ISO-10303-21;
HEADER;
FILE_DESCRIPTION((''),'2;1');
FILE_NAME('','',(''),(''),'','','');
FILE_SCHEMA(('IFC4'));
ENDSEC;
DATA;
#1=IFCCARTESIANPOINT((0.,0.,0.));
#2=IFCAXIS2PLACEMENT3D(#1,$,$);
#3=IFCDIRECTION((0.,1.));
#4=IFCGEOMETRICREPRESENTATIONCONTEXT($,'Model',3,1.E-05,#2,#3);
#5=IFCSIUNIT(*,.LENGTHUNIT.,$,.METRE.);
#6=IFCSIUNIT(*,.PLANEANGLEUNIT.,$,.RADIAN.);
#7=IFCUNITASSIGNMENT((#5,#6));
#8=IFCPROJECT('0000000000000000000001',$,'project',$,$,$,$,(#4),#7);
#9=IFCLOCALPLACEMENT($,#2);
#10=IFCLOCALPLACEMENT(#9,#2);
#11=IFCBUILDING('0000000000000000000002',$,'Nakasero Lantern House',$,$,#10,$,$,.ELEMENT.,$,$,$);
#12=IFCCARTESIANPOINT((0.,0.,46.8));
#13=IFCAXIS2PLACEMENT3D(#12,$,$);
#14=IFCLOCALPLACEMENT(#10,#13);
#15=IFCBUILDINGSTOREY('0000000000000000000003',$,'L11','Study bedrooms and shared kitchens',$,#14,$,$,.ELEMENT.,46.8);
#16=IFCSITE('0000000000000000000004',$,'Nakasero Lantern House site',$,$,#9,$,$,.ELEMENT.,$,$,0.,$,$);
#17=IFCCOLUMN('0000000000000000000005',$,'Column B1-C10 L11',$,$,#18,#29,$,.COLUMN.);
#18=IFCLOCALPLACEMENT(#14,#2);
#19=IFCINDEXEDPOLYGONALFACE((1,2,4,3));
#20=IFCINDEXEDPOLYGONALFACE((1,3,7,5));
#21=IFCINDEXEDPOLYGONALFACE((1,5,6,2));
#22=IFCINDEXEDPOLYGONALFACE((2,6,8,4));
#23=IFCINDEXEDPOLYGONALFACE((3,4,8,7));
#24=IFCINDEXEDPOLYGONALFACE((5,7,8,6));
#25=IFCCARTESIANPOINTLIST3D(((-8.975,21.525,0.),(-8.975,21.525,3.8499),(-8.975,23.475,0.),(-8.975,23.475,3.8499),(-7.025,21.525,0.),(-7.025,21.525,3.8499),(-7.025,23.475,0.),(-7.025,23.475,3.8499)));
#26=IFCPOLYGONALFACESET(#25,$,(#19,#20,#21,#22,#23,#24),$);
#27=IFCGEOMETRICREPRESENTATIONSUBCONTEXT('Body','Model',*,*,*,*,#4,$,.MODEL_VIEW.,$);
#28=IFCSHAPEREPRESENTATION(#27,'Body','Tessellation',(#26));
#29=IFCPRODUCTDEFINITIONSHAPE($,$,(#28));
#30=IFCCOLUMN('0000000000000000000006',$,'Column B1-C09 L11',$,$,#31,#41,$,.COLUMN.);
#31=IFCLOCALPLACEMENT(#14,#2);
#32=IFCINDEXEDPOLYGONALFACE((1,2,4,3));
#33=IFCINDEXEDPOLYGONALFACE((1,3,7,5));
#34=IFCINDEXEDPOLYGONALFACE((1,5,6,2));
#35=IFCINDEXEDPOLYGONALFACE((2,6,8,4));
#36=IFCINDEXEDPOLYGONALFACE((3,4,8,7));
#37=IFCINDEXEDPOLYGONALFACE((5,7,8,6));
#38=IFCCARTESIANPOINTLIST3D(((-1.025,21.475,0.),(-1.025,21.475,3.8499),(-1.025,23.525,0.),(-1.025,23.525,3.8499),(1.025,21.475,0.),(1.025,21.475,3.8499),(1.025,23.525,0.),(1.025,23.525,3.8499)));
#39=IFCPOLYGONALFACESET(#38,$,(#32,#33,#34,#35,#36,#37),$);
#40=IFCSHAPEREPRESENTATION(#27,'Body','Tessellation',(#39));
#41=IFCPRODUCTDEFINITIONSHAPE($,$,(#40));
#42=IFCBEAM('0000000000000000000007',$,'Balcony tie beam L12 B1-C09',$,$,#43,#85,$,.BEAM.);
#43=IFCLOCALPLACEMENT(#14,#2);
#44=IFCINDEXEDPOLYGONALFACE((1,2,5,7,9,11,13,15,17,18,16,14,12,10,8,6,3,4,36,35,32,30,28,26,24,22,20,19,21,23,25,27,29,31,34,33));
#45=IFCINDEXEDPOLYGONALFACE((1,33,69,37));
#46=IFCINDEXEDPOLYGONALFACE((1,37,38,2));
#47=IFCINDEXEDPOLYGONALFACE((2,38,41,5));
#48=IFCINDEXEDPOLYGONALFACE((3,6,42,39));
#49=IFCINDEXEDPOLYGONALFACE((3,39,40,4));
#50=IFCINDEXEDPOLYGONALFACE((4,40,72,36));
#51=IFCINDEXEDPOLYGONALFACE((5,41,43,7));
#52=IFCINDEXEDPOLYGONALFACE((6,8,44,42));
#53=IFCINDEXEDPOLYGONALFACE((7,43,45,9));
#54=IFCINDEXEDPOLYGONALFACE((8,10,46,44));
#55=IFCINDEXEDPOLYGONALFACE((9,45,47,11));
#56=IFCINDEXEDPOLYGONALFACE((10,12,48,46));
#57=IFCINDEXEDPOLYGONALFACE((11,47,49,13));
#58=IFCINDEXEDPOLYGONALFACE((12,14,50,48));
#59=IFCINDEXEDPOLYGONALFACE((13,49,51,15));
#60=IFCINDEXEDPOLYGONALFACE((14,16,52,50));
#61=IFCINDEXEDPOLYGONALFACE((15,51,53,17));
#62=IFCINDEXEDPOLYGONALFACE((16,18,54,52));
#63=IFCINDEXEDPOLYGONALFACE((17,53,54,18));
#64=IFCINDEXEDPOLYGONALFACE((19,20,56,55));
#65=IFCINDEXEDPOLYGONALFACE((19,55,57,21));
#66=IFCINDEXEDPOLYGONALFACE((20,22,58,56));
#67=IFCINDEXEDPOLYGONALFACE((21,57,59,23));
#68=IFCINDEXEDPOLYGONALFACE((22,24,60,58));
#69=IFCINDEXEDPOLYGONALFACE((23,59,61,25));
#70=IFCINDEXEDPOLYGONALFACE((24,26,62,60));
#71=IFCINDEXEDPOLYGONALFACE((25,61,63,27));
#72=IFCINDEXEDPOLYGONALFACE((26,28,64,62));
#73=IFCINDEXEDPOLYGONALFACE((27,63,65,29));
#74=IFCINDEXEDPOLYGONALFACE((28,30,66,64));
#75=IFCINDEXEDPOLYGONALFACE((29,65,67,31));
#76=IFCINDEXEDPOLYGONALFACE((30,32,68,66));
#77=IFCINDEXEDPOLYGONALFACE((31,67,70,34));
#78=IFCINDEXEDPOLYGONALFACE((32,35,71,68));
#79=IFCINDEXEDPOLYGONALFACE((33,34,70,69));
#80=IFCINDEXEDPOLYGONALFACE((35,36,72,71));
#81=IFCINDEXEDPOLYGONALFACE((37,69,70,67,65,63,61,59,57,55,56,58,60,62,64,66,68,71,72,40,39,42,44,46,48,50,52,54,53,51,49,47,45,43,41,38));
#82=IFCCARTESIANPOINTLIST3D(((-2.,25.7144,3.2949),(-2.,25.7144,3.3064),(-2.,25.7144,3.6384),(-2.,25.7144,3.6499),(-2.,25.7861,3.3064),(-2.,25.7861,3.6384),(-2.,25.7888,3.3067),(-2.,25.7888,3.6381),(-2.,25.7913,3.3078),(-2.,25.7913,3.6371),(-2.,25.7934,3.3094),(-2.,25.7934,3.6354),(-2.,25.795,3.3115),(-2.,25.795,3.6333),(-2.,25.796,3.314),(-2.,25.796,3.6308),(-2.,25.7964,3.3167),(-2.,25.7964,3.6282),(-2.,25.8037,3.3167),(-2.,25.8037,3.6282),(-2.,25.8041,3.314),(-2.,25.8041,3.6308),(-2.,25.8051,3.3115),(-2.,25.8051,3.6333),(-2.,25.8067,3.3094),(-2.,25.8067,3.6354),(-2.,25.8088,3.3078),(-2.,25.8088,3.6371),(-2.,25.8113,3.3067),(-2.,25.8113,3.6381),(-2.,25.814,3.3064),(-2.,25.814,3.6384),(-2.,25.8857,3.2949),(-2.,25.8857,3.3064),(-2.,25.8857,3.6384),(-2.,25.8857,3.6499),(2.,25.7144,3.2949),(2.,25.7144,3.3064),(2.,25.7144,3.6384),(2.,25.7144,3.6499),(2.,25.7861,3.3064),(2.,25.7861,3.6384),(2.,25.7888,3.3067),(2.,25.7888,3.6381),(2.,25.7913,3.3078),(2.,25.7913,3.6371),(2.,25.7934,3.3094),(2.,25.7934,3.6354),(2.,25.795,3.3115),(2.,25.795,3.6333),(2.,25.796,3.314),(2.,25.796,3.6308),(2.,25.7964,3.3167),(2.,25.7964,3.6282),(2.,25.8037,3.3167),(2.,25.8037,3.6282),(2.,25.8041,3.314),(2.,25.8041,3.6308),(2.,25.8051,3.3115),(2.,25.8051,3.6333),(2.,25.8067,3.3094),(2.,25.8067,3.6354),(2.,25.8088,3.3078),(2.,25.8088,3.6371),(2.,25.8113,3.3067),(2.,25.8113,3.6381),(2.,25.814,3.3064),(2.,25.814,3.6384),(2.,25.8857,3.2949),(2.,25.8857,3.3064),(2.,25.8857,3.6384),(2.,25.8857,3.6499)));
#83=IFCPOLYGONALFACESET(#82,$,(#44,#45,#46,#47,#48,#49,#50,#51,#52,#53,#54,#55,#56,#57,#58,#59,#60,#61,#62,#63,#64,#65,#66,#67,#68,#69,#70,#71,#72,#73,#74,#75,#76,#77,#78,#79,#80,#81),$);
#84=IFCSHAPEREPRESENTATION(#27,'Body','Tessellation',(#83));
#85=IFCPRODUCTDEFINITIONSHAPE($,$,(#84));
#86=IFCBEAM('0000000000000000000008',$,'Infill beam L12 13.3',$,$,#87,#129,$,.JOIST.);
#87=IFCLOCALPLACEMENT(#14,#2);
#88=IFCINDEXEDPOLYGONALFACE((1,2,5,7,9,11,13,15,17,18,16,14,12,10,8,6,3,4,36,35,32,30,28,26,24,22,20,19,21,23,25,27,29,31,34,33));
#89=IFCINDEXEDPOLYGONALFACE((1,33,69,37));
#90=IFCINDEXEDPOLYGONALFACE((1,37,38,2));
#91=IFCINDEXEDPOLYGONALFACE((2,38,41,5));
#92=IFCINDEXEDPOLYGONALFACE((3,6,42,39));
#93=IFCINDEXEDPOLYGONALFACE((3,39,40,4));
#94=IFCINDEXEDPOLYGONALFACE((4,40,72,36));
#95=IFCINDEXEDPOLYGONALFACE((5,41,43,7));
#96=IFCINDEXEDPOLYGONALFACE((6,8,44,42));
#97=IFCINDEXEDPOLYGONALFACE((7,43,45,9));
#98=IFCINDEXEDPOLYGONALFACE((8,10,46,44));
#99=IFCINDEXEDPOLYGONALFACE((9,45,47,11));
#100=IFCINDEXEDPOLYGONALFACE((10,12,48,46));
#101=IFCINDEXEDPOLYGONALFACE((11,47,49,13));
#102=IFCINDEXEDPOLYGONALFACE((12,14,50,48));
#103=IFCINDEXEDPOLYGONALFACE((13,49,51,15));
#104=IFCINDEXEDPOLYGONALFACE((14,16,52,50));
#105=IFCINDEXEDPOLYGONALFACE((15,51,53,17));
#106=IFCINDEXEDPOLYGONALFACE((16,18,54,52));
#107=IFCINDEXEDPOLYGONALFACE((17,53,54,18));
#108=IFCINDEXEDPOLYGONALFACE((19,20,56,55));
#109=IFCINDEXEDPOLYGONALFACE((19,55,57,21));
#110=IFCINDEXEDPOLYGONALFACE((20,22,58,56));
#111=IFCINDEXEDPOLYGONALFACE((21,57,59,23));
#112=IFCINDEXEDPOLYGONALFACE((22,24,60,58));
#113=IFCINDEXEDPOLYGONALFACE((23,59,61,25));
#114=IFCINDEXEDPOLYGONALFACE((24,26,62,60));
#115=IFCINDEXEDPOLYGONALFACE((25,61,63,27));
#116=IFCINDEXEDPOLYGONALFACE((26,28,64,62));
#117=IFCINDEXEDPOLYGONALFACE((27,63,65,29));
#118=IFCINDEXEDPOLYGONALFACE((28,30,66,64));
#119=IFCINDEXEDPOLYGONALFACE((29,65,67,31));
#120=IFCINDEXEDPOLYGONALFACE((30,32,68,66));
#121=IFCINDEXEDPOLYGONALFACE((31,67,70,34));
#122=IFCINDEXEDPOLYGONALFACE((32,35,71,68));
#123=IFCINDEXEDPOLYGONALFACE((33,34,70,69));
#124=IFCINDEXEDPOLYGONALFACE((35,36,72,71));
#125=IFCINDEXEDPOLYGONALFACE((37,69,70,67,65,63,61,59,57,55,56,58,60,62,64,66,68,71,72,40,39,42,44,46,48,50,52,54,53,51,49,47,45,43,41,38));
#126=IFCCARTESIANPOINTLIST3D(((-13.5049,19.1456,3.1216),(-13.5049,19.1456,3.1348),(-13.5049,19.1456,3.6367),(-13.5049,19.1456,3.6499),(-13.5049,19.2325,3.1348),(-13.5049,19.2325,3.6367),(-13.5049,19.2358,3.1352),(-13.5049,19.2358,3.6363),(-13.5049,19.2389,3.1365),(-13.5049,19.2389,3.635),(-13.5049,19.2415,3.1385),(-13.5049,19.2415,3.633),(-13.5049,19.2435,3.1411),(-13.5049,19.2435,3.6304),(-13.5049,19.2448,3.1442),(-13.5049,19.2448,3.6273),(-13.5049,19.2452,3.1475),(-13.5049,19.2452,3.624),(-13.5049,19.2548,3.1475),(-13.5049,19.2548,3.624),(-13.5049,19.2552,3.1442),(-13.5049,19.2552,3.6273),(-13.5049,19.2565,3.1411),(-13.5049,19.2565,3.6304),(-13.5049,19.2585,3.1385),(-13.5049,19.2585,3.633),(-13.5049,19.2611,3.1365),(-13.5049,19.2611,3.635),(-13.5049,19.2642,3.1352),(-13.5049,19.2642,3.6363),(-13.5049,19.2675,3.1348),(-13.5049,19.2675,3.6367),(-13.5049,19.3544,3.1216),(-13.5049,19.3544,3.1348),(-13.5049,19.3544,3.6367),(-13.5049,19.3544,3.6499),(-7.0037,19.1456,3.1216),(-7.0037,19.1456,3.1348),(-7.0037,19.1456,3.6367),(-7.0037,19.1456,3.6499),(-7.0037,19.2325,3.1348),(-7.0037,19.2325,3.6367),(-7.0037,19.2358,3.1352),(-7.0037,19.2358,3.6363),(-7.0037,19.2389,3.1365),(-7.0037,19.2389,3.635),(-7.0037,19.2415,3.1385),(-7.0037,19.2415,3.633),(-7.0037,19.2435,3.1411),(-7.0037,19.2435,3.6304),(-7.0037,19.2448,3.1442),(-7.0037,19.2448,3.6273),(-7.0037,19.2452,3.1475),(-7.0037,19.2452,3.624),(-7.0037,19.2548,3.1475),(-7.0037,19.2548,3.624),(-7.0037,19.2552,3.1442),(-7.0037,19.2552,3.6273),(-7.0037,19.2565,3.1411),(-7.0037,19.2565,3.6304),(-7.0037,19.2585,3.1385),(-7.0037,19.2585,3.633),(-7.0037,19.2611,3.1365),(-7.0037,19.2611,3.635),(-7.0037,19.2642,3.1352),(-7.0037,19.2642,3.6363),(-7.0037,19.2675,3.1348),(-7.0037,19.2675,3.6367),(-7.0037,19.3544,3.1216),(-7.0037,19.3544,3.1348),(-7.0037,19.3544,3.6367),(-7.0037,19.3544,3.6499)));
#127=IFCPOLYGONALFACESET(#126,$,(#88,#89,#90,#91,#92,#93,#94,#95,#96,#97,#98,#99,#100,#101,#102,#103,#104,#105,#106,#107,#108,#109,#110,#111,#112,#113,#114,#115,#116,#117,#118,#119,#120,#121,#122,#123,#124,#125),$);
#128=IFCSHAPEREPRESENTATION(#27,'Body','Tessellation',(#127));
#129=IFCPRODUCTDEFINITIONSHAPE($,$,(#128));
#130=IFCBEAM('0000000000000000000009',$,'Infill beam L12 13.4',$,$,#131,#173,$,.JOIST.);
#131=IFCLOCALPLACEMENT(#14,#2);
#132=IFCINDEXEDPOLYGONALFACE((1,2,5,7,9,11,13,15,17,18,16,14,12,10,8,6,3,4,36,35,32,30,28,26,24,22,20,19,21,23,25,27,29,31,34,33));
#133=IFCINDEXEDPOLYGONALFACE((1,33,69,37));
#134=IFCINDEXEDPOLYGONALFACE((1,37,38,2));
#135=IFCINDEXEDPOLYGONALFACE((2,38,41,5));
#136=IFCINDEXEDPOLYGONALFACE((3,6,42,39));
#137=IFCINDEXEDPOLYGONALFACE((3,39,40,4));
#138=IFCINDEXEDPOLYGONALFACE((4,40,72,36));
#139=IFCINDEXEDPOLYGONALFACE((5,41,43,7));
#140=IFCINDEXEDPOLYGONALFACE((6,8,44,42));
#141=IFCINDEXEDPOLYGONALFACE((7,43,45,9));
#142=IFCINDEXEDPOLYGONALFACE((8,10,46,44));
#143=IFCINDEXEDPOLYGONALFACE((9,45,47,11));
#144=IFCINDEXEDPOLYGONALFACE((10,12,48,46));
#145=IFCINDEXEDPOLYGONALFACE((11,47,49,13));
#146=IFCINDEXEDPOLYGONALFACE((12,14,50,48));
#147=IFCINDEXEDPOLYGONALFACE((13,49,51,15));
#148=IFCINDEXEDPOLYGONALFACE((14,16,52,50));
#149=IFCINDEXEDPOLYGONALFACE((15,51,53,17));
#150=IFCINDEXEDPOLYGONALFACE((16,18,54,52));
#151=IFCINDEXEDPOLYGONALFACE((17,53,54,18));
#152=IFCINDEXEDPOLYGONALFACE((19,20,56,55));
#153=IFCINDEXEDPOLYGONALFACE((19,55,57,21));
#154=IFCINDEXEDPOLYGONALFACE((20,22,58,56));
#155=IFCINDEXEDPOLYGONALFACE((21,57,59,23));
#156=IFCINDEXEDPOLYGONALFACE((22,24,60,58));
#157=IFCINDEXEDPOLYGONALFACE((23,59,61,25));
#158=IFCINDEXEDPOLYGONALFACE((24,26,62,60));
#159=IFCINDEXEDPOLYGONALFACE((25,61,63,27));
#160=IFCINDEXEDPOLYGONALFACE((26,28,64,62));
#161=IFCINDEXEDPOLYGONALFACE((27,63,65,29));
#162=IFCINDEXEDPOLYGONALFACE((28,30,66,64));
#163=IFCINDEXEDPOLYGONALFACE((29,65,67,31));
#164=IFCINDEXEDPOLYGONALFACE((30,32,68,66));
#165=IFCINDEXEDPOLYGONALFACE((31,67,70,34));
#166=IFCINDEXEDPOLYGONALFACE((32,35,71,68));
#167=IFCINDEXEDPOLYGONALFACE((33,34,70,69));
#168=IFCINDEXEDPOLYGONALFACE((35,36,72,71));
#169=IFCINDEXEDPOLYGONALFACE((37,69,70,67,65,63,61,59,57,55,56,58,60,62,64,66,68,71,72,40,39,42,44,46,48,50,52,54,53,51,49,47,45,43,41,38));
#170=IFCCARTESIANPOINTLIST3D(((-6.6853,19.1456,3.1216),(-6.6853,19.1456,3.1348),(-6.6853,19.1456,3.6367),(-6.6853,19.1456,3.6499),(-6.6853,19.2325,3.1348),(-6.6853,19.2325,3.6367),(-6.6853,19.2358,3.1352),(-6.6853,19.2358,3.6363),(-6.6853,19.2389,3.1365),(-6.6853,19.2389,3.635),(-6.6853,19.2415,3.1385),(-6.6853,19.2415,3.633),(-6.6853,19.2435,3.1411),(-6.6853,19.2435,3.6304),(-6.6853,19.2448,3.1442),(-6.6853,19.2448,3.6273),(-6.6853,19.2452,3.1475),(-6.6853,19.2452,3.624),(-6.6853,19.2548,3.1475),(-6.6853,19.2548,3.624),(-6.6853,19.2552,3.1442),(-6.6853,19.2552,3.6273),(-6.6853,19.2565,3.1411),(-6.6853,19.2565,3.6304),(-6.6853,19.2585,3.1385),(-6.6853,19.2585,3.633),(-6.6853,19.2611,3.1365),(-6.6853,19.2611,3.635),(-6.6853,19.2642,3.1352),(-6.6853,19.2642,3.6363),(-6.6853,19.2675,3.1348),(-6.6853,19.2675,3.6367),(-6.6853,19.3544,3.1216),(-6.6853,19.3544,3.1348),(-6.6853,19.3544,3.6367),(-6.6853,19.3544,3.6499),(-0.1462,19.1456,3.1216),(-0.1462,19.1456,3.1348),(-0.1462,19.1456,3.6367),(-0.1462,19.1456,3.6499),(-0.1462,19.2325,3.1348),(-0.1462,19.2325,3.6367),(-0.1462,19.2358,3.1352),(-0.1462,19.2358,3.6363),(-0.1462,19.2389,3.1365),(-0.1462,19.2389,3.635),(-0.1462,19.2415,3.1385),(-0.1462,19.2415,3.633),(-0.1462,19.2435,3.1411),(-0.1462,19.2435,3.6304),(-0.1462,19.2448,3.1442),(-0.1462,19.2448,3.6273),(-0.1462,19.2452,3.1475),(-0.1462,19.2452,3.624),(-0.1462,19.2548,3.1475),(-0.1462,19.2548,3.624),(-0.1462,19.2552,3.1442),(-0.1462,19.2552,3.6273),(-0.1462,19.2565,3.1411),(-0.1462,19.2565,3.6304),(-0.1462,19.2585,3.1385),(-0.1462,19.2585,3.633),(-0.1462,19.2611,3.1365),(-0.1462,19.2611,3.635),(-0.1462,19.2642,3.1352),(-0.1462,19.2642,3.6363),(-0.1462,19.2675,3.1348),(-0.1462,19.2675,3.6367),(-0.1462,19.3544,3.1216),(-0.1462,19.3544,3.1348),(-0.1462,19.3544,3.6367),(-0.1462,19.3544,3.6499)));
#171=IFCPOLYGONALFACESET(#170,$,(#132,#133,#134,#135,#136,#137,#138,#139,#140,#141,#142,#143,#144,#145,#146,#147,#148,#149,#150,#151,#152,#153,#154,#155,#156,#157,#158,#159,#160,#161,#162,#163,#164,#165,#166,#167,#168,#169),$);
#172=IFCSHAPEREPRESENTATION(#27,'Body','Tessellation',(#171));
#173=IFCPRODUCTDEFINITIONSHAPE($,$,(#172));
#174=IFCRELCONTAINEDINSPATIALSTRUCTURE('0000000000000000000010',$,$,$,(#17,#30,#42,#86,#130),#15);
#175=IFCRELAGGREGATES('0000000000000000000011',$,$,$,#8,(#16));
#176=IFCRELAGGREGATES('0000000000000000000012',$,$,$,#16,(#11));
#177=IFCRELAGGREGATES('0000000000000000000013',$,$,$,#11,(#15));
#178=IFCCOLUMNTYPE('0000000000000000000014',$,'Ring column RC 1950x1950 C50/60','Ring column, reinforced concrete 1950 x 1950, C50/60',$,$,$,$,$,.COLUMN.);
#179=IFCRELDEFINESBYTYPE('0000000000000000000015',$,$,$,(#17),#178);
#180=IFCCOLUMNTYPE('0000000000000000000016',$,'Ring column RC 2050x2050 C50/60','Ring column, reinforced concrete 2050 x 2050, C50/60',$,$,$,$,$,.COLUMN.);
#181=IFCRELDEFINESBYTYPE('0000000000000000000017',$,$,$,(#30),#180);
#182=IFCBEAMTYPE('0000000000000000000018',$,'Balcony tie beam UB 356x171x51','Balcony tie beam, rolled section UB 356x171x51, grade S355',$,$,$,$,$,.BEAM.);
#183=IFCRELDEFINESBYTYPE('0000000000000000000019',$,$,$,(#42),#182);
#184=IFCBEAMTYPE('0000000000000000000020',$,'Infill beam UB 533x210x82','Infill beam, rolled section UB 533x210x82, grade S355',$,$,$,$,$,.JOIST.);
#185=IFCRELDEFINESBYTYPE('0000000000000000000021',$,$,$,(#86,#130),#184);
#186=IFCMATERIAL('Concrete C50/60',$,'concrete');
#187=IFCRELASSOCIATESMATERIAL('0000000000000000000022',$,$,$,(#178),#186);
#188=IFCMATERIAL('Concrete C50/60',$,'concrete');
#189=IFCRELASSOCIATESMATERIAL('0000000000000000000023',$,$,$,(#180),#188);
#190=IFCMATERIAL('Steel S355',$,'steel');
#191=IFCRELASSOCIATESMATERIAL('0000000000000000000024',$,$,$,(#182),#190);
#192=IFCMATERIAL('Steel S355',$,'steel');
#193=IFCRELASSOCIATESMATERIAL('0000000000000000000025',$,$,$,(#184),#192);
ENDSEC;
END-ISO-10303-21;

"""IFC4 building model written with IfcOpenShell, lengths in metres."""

from ifc_helpers import new_model, si_unit, direction, frame, origin, origin_2d, place, context, subcontext, project, spatial, rectangle, i_section, extrude, material, material_profile, profile_set, type_object, element, save


model = new_model("IFC4")

# Units and contexts
model_context = context("Model", 3, precision=1e-05, world=origin(), true_north=direction((0.0, 1.0)))
body_context = subcontext(model_context, "Body", "Model", "MODEL_VIEW")
ifc_project = project(units=[si_unit("LENGTHUNIT", "METRE"), si_unit("PLANEANGLEUNIT", "RADIAN")], contexts=[model_context])

# Site, building, storey
site_placement = place(None, origin())
site = spatial("IfcSite", under=ifc_project, at=site_placement, Name="Nakasero Lantern House site", CompositionType="ELEMENT", RefElevation=0.0)
building_placement = place(site_placement, origin())
building = spatial("IfcBuilding", under=site, at=building_placement, Name="Nakasero Lantern House", CompositionType="ELEMENT")
storey_placement = place(building_placement, frame((0.0, 0.0, 46.8)))
storey = spatial("IfcBuildingStorey", under=building, at=storey_placement, Name="L11", Description="Study bedrooms and shared kitchens", CompositionType="ELEMENT", Elevation=46.8)

# Columns
ifc_material_1 = material(Name="Concrete C50/60", Category="concrete")
ifc_material_profile_1 = material_profile(ifc_material_1, rectangle(XDim=1.95, YDim=1.95, at=origin_2d()), Name="RC 1950x1950")
ifc_profile_set_1 = profile_set([ifc_material_profile_1], Name="Concrete C50/60")
column_type_1 = type_object("IfcColumnType", Name="Ring column RC 1950x1950 C50/60", Description="Ring column, reinforced concrete 1950 x 1950, C50/60", PredefinedType="COLUMN", material=ifc_profile_set_1)
column_1_placement = place(storey_placement, frame((-8.0, 22.5, 0.0), z_axis=(0.0, 0.0, 1.0), x_axis=(1.0, 0.0, 0.0)))
element("IfcColumn", 1, at=column_1_placement, inside=storey, type_object=column_type_1, Name="Column B1-C10 L11", PredefinedType="COLUMN", context=body_context, shape_type="SweptSolid", body=[
    extrude(rectangle(XDim=1.95, YDim=1.95, at=origin_2d()), origin(), (0.0, 0.0, 1.0), 3.8499),
])
ifc_material_2 = material(Name="Concrete C50/60", Category="concrete")
ifc_material_profile_2 = material_profile(ifc_material_2, rectangle(XDim=2.05, YDim=2.05, at=origin_2d()), Name="RC 2050x2050")
ifc_profile_set_2 = profile_set([ifc_material_profile_2], Name="Concrete C50/60")
column_type_2 = type_object("IfcColumnType", Name="Ring column RC 2050x2050 C50/60", Description="Ring column, reinforced concrete 2050 x 2050, C50/60", PredefinedType="COLUMN", material=ifc_profile_set_2)
column_2_placement = place(storey_placement, frame((0.0, 22.5, 0.0), z_axis=(0.0, 0.0, 1.0), x_axis=(1.0, 0.0, 0.0)))
element("IfcColumn", 2, at=column_2_placement, inside=storey, type_object=column_type_2, Name="Column B1-C09 L11", PredefinedType="COLUMN", context=body_context, shape_type="SweptSolid", body=[
    extrude(rectangle(XDim=2.05, YDim=2.05, at=origin_2d()), origin(), (0.0, 0.0, 1.0), 3.8499),
])

# Beams
ifc_material_3 = material(Name="Steel S355", Category="steel")
ifc_material_profile_3 = material_profile(ifc_material_3, i_section(OverallWidth=0.1714, OverallDepth=0.355, WebThickness=0.0073, FlangeThickness=0.0115, FilletRadius=0.0103, at=origin_2d()), Name="UB 356x171x51")
ifc_profile_set_3 = profile_set([ifc_material_profile_3], Name="Steel S355")
beam_type_1 = type_object("IfcBeamType", Name="Balcony tie beam UB 356x171x51", Description="Balcony tie beam, rolled section UB 356x171x51, grade S355", PredefinedType="BEAM", material=ifc_profile_set_3)
beam_1_placement = place(storey_placement, frame((-2.0, 25.8, 3.4724), z_axis=(1.0, 0.0, 0.0), x_axis=(0.0, 1.0, 0.0)))
element("IfcBeam", 3, at=beam_1_placement, inside=storey, type_object=beam_type_1, Name="Balcony tie beam L12 B1-C09", PredefinedType="BEAM", context=body_context, shape_type="SweptSolid", body=[
    extrude(i_section(OverallWidth=0.1714, OverallDepth=0.355, WebThickness=0.0073, FlangeThickness=0.0115, FilletRadius=0.0103, at=origin_2d()), origin(), (0.0, 0.0, 1.0), 4.0),
])
ifc_material_4 = material(Name="Steel S355", Category="steel")
ifc_material_profile_4 = material_profile(ifc_material_4, i_section(OverallWidth=0.2087, OverallDepth=0.5283, WebThickness=0.0095, FlangeThickness=0.0132, FilletRadius=0.0127, at=origin_2d()), Name="UB 533x210x82")
ifc_profile_set_4 = profile_set([ifc_material_profile_4], Name="Steel S355")
beam_type_2 = type_object("IfcBeamType", Name="Infill beam UB 533x210x82", Description="Infill beam, rolled section UB 533x210x82, grade S355", PredefinedType="JOIST", material=ifc_profile_set_4)
beam_2_placement = place(storey_placement, frame((-13.5049, 19.25, 3.3857), z_axis=(1.0, 0.0, 0.0), x_axis=(0.0, 1.0, 0.0)))
element("IfcBeam", 4, at=beam_2_placement, inside=storey, type_object=beam_type_2, Name="Infill beam L12 13.3", PredefinedType="JOIST", context=body_context, shape_type="SweptSolid", body=[
    extrude(i_section(OverallWidth=0.2087, OverallDepth=0.5283, WebThickness=0.0095, FlangeThickness=0.0132, FilletRadius=0.0127, at=origin_2d()), origin(), (0.0, 0.0, 1.0), 6.5012),
])
beam_3_placement = place(storey_placement, frame((-6.6853, 19.25, 3.3857), z_axis=(1.0, 0.0, 0.0), x_axis=(0.0, 1.0, 0.0)))
element("IfcBeam", 5, at=beam_3_placement, inside=storey, type_object=beam_type_2, Name="Infill beam L12 13.4", PredefinedType="JOIST", context=body_context, shape_type="SweptSolid", body=[
    extrude(i_section(OverallWidth=0.2087, OverallDepth=0.5283, WebThickness=0.0095, FlangeThickness=0.0132, FilletRadius=0.0127, at=origin_2d()), origin(), (0.0, 0.0, 1.0), 6.5391),
])

save(model, "model.ifc")
